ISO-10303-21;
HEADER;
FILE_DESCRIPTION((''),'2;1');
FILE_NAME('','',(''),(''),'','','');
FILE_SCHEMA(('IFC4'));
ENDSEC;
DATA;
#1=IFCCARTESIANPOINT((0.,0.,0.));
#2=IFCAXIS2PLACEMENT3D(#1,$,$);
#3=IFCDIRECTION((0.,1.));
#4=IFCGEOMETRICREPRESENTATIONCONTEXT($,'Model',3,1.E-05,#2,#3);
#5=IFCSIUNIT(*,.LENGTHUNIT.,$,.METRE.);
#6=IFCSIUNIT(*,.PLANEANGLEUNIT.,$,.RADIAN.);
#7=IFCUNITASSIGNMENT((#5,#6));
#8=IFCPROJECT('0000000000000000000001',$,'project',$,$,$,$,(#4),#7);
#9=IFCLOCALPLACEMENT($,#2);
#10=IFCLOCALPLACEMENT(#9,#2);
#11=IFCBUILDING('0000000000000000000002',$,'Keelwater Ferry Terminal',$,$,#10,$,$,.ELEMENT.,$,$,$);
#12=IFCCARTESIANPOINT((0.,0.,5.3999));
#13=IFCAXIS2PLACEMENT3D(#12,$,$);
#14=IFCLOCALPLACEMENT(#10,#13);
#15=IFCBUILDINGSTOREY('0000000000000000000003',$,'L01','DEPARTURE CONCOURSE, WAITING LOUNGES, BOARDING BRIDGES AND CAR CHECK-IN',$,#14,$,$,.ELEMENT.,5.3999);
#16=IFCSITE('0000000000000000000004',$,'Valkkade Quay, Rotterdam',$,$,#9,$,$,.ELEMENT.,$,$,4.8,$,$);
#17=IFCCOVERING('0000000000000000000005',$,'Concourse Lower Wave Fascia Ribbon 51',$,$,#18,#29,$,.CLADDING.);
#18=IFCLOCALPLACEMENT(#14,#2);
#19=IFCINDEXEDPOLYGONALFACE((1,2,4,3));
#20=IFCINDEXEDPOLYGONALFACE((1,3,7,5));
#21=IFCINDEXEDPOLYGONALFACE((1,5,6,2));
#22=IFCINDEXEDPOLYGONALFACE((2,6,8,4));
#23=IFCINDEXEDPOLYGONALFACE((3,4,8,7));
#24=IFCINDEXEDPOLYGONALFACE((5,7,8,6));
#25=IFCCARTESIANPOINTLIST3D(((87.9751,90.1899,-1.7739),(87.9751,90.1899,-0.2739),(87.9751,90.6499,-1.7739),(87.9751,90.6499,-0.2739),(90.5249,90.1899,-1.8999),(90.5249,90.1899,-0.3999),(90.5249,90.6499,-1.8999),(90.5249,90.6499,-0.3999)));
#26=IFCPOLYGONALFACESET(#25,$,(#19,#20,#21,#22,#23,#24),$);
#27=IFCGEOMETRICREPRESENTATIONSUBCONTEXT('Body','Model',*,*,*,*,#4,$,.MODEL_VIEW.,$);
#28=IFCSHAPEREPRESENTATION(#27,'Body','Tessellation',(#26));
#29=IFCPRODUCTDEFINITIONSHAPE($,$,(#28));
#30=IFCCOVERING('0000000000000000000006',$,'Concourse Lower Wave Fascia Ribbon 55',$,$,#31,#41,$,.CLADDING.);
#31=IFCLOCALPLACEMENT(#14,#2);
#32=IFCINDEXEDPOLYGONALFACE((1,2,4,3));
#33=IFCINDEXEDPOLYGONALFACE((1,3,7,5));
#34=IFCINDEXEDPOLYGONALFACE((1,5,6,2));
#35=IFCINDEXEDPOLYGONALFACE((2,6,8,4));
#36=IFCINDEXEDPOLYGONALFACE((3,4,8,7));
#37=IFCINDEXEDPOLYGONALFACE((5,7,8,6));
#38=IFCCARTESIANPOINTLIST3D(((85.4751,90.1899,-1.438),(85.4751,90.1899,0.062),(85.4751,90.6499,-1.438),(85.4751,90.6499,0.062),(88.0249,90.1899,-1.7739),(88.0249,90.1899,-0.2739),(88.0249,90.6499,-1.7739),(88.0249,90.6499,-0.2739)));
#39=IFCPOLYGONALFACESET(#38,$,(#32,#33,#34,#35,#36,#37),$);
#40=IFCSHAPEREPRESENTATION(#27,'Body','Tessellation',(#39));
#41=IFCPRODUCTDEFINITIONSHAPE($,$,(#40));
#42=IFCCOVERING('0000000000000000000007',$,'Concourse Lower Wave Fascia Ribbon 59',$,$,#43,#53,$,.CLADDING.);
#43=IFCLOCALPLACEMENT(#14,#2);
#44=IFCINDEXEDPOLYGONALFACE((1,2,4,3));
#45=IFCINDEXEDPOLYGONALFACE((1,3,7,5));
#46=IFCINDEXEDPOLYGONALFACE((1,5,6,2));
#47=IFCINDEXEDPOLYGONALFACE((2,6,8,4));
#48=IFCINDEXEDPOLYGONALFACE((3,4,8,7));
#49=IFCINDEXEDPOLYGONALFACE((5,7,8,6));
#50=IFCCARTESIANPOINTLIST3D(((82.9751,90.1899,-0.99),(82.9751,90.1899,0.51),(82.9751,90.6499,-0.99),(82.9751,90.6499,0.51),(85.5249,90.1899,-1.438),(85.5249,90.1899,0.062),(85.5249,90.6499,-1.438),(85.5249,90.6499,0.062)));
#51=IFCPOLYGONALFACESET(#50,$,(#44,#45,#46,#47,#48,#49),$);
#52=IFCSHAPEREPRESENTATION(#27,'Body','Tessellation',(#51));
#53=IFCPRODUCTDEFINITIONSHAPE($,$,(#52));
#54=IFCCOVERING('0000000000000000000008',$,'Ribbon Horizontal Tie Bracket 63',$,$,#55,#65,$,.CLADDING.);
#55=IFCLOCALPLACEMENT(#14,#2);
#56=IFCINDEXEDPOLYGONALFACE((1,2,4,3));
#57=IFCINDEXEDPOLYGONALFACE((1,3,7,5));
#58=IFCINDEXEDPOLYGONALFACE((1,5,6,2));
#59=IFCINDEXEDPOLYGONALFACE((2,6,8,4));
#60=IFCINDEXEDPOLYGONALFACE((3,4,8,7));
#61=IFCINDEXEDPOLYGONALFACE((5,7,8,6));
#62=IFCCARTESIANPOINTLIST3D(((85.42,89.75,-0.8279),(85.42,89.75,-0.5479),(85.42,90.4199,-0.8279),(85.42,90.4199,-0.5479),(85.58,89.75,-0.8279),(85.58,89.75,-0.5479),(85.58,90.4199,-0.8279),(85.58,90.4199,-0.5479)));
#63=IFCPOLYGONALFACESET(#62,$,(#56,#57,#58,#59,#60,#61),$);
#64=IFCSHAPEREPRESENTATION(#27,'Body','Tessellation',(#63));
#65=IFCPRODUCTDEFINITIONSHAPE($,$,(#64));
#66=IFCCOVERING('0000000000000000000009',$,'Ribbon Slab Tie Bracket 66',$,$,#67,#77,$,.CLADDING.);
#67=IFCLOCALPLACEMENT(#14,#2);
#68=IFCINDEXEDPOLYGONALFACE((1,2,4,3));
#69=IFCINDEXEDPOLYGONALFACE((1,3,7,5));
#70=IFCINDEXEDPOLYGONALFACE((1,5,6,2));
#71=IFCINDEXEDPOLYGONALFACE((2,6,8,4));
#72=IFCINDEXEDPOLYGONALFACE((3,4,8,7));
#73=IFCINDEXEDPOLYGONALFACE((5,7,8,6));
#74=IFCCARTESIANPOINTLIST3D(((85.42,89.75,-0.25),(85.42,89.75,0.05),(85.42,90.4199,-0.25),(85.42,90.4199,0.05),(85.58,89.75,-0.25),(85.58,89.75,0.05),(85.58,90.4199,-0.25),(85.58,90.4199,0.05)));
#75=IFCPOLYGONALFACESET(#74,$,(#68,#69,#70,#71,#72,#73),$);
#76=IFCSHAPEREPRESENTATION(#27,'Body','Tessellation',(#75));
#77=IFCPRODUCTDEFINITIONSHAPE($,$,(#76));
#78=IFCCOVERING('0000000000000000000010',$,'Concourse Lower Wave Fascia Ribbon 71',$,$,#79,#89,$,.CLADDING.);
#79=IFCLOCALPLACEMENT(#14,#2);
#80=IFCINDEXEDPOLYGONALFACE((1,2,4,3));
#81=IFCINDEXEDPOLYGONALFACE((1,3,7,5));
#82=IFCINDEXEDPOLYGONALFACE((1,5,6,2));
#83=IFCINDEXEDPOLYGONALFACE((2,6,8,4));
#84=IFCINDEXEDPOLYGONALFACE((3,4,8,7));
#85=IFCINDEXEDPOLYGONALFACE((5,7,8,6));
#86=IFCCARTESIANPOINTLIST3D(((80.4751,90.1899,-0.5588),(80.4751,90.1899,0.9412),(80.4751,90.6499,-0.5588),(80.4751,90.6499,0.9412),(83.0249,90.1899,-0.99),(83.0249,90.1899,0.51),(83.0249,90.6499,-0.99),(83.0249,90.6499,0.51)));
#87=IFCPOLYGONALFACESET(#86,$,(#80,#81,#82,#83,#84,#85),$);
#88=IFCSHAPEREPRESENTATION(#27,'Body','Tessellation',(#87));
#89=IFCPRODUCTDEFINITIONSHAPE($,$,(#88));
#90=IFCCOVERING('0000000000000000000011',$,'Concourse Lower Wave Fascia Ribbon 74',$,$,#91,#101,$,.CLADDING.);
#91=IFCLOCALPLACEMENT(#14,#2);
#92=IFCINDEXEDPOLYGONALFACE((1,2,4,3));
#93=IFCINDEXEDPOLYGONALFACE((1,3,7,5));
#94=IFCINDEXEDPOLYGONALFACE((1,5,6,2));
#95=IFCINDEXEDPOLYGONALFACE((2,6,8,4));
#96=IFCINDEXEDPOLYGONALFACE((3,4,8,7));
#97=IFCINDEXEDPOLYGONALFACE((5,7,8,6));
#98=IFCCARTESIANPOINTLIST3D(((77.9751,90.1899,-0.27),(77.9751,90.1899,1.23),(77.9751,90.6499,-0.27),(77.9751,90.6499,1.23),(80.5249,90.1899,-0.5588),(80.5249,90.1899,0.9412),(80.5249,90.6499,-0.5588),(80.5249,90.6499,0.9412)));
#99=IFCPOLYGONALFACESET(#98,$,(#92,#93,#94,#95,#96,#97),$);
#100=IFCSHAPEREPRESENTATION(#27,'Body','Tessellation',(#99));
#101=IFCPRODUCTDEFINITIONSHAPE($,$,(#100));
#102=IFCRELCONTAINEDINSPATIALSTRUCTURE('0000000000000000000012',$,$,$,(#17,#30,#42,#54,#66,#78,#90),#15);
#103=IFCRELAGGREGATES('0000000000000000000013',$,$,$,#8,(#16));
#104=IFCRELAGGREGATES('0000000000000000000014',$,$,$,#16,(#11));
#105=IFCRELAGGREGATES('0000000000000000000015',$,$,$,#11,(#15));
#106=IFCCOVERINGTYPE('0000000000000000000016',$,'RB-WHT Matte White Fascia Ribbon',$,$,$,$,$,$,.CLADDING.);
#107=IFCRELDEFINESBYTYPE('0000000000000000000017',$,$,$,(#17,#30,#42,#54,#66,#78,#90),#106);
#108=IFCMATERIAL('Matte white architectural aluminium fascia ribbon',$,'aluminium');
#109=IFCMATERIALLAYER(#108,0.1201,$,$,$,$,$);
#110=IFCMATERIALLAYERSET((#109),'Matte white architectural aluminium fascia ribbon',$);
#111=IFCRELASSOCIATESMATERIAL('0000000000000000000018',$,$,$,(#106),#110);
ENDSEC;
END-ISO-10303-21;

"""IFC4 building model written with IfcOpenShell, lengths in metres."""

from ifc_helpers import new_model, si_unit, direction, frame, frame_2d, origin, place, context, subcontext, project, spatial, polyline, rectangle, outline, extrude, material, layer, layer_set, type_object, element, save


model = new_model("IFC4")

# Units and contexts
model_context = context("Model", 3, precision=1e-05, world=origin(), true_north=direction((0.0, 1.0)))
body_context = subcontext(model_context, "Body", "Model", "MODEL_VIEW")
ifc_project = project(units=[si_unit("LENGTHUNIT", "METRE"), si_unit("PLANEANGLEUNIT", "RADIAN")], contexts=[model_context])

# Site, building, storey
site_placement = place(None, origin())
site = spatial("IfcSite", under=ifc_project, at=site_placement, Name="Valkkade Quay, Rotterdam", CompositionType="ELEMENT", RefElevation=4.8)
building_placement = place(site_placement, origin())
building = spatial("IfcBuilding", under=site, at=building_placement, Name="Keelwater Ferry Terminal", CompositionType="ELEMENT")
storey_placement = place(building_placement, frame((0.0, 0.0, 5.3999)))
storey = spatial("IfcBuildingStorey", under=building, at=storey_placement, Name="L01", Description="DEPARTURE CONCOURSE, WAITING LOUNGES, BOARDING BRIDGES AND CAR CHECK-IN", CompositionType="ELEMENT", Elevation=5.3999)

# Coverings
ifc_material_1 = material(Name="Matte white architectural aluminium fascia ribbon", Category="aluminium")
ifc_layer_1 = layer(ifc_material_1, 0.1201)
ifc_layer_set_1 = layer_set([ifc_layer_1], Name="Matte white architectural aluminium fascia ribbon")
covering_type = type_object("IfcCoveringType", Name="RB-WHT Matte White Fascia Ribbon", PredefinedType="CLADDING", material=ifc_layer_set_1)
covering_1_placement = place(storey_placement, frame((90.5249, 90.4199, -1.8999), z_axis=(0.0, 0.0, 1.0), x_axis=(-1.0, 0.0, 0.0)))
element("IfcCovering", 1, at=covering_1_placement, inside=storey, type_object=covering_type, Name="Concourse Lower Wave Fascia Ribbon 51", PredefinedType="CLADDING", context=body_context, shape_type="SweptSolid", body=[
    extrude(outline(polyline([(0.0, 0.0), (2.5498, 0.126), (2.5498, 1.626), (0.0, 1.5), (0.0, 0.0)])), frame((0.0, 0.23, 0.0), z_axis=(0.0, -1.0, 0.0), x_axis=(1.0, 0.0, 0.0)), (0.0, 0.0, 1.0), 0.46),
])
covering_2_placement = place(storey_placement, frame((88.0249, 90.4199, -1.7739), z_axis=(0.0, 0.0, 1.0), x_axis=(-1.0, 0.0, 0.0)))
element("IfcCovering", 2, at=covering_2_placement, inside=storey, type_object=covering_type, Name="Concourse Lower Wave Fascia Ribbon 55", PredefinedType="CLADDING", context=body_context, shape_type="SweptSolid", body=[
    extrude(outline(polyline([(0.0, 0.0), (2.5498, 0.3359), (2.5498, 1.8359), (0.0, 1.5), (0.0, 0.0)])), frame((0.0, 0.23, 0.0), z_axis=(0.0, -1.0, 0.0), x_axis=(1.0, 0.0, 0.0)), (0.0, 0.0, 1.0), 0.46),
])
covering_3_placement = place(storey_placement, frame((85.5249, 90.4199, -1.438), z_axis=(0.0, 0.0, 1.0), x_axis=(-1.0, 0.0, 0.0)))
element("IfcCovering", 3, at=covering_3_placement, inside=storey, type_object=covering_type, Name="Concourse Lower Wave Fascia Ribbon 59", PredefinedType="CLADDING", context=body_context, shape_type="SweptSolid", body=[
    extrude(outline(polyline([(0.0, 0.0), (2.5498, 0.448), (2.5498, 1.948), (0.0, 1.5), (0.0, 0.0)])), frame((0.0, 0.23, 0.0), z_axis=(0.0, -1.0, 0.0), x_axis=(1.0, 0.0, 0.0)), (0.0, 0.0, 1.0), 0.46),
])
covering_4_placement = place(storey_placement, frame((85.5, 90.4199, -0.8279), z_axis=(0.0, 0.0, 1.0), x_axis=(0.0, -1.0, 0.0)))
element("IfcCovering", 4, at=covering_4_placement, inside=storey, type_object=covering_type, Name="Ribbon Horizontal Tie Bracket 63", PredefinedType="CLADDING", context=body_context, shape_type="SweptSolid", body=[
    extrude(rectangle(XDim=0.6699, YDim=0.1599, at=frame_2d((0.335, 0.0))), origin(), (0.0, 0.0, 1.0), 0.28),
])
covering_5_placement = place(storey_placement, frame((85.5, 90.4199, -0.25), z_axis=(0.0, 0.0, 1.0), x_axis=(0.0, -1.0, 0.0)))
element("IfcCovering", 5, at=covering_5_placement, inside=storey, type_object=covering_type, Name="Ribbon Slab Tie Bracket 66", PredefinedType="CLADDING", context=body_context, shape_type="SweptSolid", body=[
    extrude(rectangle(XDim=0.6699, YDim=0.1599, at=frame_2d((0.335, 0.0))), origin(), (0.0, 0.0, 1.0), 0.3),
])
covering_6_placement = place(storey_placement, frame((83.0249, 90.4199, -0.99), z_axis=(0.0, 0.0, 1.0), x_axis=(-1.0, 0.0, 0.0)))
element("IfcCovering", 6, at=covering_6_placement, inside=storey, type_object=covering_type, Name="Concourse Lower Wave Fascia Ribbon 71", PredefinedType="CLADDING", context=body_context, shape_type="SweptSolid", body=[
    extrude(outline(polyline([(0.0, 0.0), (2.5498, 0.4312), (2.5498, 1.9312), (0.0, 1.5), (0.0, 0.0)])), frame((0.0, 0.23, 0.0), z_axis=(0.0, -1.0, 0.0), x_axis=(1.0, 0.0, 0.0)), (0.0, 0.0, 1.0), 0.46),
])
covering_7_placement = place(storey_placement, frame((80.5249, 90.4199, -0.5588), z_axis=(0.0, 0.0, 1.0), x_axis=(-1.0, 0.0, 0.0)))
element("IfcCovering", 7, at=covering_7_placement, inside=storey, type_object=covering_type, Name="Concourse Lower Wave Fascia Ribbon 74", PredefinedType="CLADDING", context=body_context, shape_type="SweptSolid", body=[
    extrude(outline(polyline([(0.0, 0.0), (2.5498, 0.2888), (2.5498, 1.7888), (0.0, 1.5), (0.0, 0.0)])), frame((0.0, 0.23, 0.0), z_axis=(0.0, -1.0, 0.0), x_axis=(1.0, 0.0, 0.0)), (0.0, 0.0, 1.0), 0.46),
])

save(model, "model.ifc")
